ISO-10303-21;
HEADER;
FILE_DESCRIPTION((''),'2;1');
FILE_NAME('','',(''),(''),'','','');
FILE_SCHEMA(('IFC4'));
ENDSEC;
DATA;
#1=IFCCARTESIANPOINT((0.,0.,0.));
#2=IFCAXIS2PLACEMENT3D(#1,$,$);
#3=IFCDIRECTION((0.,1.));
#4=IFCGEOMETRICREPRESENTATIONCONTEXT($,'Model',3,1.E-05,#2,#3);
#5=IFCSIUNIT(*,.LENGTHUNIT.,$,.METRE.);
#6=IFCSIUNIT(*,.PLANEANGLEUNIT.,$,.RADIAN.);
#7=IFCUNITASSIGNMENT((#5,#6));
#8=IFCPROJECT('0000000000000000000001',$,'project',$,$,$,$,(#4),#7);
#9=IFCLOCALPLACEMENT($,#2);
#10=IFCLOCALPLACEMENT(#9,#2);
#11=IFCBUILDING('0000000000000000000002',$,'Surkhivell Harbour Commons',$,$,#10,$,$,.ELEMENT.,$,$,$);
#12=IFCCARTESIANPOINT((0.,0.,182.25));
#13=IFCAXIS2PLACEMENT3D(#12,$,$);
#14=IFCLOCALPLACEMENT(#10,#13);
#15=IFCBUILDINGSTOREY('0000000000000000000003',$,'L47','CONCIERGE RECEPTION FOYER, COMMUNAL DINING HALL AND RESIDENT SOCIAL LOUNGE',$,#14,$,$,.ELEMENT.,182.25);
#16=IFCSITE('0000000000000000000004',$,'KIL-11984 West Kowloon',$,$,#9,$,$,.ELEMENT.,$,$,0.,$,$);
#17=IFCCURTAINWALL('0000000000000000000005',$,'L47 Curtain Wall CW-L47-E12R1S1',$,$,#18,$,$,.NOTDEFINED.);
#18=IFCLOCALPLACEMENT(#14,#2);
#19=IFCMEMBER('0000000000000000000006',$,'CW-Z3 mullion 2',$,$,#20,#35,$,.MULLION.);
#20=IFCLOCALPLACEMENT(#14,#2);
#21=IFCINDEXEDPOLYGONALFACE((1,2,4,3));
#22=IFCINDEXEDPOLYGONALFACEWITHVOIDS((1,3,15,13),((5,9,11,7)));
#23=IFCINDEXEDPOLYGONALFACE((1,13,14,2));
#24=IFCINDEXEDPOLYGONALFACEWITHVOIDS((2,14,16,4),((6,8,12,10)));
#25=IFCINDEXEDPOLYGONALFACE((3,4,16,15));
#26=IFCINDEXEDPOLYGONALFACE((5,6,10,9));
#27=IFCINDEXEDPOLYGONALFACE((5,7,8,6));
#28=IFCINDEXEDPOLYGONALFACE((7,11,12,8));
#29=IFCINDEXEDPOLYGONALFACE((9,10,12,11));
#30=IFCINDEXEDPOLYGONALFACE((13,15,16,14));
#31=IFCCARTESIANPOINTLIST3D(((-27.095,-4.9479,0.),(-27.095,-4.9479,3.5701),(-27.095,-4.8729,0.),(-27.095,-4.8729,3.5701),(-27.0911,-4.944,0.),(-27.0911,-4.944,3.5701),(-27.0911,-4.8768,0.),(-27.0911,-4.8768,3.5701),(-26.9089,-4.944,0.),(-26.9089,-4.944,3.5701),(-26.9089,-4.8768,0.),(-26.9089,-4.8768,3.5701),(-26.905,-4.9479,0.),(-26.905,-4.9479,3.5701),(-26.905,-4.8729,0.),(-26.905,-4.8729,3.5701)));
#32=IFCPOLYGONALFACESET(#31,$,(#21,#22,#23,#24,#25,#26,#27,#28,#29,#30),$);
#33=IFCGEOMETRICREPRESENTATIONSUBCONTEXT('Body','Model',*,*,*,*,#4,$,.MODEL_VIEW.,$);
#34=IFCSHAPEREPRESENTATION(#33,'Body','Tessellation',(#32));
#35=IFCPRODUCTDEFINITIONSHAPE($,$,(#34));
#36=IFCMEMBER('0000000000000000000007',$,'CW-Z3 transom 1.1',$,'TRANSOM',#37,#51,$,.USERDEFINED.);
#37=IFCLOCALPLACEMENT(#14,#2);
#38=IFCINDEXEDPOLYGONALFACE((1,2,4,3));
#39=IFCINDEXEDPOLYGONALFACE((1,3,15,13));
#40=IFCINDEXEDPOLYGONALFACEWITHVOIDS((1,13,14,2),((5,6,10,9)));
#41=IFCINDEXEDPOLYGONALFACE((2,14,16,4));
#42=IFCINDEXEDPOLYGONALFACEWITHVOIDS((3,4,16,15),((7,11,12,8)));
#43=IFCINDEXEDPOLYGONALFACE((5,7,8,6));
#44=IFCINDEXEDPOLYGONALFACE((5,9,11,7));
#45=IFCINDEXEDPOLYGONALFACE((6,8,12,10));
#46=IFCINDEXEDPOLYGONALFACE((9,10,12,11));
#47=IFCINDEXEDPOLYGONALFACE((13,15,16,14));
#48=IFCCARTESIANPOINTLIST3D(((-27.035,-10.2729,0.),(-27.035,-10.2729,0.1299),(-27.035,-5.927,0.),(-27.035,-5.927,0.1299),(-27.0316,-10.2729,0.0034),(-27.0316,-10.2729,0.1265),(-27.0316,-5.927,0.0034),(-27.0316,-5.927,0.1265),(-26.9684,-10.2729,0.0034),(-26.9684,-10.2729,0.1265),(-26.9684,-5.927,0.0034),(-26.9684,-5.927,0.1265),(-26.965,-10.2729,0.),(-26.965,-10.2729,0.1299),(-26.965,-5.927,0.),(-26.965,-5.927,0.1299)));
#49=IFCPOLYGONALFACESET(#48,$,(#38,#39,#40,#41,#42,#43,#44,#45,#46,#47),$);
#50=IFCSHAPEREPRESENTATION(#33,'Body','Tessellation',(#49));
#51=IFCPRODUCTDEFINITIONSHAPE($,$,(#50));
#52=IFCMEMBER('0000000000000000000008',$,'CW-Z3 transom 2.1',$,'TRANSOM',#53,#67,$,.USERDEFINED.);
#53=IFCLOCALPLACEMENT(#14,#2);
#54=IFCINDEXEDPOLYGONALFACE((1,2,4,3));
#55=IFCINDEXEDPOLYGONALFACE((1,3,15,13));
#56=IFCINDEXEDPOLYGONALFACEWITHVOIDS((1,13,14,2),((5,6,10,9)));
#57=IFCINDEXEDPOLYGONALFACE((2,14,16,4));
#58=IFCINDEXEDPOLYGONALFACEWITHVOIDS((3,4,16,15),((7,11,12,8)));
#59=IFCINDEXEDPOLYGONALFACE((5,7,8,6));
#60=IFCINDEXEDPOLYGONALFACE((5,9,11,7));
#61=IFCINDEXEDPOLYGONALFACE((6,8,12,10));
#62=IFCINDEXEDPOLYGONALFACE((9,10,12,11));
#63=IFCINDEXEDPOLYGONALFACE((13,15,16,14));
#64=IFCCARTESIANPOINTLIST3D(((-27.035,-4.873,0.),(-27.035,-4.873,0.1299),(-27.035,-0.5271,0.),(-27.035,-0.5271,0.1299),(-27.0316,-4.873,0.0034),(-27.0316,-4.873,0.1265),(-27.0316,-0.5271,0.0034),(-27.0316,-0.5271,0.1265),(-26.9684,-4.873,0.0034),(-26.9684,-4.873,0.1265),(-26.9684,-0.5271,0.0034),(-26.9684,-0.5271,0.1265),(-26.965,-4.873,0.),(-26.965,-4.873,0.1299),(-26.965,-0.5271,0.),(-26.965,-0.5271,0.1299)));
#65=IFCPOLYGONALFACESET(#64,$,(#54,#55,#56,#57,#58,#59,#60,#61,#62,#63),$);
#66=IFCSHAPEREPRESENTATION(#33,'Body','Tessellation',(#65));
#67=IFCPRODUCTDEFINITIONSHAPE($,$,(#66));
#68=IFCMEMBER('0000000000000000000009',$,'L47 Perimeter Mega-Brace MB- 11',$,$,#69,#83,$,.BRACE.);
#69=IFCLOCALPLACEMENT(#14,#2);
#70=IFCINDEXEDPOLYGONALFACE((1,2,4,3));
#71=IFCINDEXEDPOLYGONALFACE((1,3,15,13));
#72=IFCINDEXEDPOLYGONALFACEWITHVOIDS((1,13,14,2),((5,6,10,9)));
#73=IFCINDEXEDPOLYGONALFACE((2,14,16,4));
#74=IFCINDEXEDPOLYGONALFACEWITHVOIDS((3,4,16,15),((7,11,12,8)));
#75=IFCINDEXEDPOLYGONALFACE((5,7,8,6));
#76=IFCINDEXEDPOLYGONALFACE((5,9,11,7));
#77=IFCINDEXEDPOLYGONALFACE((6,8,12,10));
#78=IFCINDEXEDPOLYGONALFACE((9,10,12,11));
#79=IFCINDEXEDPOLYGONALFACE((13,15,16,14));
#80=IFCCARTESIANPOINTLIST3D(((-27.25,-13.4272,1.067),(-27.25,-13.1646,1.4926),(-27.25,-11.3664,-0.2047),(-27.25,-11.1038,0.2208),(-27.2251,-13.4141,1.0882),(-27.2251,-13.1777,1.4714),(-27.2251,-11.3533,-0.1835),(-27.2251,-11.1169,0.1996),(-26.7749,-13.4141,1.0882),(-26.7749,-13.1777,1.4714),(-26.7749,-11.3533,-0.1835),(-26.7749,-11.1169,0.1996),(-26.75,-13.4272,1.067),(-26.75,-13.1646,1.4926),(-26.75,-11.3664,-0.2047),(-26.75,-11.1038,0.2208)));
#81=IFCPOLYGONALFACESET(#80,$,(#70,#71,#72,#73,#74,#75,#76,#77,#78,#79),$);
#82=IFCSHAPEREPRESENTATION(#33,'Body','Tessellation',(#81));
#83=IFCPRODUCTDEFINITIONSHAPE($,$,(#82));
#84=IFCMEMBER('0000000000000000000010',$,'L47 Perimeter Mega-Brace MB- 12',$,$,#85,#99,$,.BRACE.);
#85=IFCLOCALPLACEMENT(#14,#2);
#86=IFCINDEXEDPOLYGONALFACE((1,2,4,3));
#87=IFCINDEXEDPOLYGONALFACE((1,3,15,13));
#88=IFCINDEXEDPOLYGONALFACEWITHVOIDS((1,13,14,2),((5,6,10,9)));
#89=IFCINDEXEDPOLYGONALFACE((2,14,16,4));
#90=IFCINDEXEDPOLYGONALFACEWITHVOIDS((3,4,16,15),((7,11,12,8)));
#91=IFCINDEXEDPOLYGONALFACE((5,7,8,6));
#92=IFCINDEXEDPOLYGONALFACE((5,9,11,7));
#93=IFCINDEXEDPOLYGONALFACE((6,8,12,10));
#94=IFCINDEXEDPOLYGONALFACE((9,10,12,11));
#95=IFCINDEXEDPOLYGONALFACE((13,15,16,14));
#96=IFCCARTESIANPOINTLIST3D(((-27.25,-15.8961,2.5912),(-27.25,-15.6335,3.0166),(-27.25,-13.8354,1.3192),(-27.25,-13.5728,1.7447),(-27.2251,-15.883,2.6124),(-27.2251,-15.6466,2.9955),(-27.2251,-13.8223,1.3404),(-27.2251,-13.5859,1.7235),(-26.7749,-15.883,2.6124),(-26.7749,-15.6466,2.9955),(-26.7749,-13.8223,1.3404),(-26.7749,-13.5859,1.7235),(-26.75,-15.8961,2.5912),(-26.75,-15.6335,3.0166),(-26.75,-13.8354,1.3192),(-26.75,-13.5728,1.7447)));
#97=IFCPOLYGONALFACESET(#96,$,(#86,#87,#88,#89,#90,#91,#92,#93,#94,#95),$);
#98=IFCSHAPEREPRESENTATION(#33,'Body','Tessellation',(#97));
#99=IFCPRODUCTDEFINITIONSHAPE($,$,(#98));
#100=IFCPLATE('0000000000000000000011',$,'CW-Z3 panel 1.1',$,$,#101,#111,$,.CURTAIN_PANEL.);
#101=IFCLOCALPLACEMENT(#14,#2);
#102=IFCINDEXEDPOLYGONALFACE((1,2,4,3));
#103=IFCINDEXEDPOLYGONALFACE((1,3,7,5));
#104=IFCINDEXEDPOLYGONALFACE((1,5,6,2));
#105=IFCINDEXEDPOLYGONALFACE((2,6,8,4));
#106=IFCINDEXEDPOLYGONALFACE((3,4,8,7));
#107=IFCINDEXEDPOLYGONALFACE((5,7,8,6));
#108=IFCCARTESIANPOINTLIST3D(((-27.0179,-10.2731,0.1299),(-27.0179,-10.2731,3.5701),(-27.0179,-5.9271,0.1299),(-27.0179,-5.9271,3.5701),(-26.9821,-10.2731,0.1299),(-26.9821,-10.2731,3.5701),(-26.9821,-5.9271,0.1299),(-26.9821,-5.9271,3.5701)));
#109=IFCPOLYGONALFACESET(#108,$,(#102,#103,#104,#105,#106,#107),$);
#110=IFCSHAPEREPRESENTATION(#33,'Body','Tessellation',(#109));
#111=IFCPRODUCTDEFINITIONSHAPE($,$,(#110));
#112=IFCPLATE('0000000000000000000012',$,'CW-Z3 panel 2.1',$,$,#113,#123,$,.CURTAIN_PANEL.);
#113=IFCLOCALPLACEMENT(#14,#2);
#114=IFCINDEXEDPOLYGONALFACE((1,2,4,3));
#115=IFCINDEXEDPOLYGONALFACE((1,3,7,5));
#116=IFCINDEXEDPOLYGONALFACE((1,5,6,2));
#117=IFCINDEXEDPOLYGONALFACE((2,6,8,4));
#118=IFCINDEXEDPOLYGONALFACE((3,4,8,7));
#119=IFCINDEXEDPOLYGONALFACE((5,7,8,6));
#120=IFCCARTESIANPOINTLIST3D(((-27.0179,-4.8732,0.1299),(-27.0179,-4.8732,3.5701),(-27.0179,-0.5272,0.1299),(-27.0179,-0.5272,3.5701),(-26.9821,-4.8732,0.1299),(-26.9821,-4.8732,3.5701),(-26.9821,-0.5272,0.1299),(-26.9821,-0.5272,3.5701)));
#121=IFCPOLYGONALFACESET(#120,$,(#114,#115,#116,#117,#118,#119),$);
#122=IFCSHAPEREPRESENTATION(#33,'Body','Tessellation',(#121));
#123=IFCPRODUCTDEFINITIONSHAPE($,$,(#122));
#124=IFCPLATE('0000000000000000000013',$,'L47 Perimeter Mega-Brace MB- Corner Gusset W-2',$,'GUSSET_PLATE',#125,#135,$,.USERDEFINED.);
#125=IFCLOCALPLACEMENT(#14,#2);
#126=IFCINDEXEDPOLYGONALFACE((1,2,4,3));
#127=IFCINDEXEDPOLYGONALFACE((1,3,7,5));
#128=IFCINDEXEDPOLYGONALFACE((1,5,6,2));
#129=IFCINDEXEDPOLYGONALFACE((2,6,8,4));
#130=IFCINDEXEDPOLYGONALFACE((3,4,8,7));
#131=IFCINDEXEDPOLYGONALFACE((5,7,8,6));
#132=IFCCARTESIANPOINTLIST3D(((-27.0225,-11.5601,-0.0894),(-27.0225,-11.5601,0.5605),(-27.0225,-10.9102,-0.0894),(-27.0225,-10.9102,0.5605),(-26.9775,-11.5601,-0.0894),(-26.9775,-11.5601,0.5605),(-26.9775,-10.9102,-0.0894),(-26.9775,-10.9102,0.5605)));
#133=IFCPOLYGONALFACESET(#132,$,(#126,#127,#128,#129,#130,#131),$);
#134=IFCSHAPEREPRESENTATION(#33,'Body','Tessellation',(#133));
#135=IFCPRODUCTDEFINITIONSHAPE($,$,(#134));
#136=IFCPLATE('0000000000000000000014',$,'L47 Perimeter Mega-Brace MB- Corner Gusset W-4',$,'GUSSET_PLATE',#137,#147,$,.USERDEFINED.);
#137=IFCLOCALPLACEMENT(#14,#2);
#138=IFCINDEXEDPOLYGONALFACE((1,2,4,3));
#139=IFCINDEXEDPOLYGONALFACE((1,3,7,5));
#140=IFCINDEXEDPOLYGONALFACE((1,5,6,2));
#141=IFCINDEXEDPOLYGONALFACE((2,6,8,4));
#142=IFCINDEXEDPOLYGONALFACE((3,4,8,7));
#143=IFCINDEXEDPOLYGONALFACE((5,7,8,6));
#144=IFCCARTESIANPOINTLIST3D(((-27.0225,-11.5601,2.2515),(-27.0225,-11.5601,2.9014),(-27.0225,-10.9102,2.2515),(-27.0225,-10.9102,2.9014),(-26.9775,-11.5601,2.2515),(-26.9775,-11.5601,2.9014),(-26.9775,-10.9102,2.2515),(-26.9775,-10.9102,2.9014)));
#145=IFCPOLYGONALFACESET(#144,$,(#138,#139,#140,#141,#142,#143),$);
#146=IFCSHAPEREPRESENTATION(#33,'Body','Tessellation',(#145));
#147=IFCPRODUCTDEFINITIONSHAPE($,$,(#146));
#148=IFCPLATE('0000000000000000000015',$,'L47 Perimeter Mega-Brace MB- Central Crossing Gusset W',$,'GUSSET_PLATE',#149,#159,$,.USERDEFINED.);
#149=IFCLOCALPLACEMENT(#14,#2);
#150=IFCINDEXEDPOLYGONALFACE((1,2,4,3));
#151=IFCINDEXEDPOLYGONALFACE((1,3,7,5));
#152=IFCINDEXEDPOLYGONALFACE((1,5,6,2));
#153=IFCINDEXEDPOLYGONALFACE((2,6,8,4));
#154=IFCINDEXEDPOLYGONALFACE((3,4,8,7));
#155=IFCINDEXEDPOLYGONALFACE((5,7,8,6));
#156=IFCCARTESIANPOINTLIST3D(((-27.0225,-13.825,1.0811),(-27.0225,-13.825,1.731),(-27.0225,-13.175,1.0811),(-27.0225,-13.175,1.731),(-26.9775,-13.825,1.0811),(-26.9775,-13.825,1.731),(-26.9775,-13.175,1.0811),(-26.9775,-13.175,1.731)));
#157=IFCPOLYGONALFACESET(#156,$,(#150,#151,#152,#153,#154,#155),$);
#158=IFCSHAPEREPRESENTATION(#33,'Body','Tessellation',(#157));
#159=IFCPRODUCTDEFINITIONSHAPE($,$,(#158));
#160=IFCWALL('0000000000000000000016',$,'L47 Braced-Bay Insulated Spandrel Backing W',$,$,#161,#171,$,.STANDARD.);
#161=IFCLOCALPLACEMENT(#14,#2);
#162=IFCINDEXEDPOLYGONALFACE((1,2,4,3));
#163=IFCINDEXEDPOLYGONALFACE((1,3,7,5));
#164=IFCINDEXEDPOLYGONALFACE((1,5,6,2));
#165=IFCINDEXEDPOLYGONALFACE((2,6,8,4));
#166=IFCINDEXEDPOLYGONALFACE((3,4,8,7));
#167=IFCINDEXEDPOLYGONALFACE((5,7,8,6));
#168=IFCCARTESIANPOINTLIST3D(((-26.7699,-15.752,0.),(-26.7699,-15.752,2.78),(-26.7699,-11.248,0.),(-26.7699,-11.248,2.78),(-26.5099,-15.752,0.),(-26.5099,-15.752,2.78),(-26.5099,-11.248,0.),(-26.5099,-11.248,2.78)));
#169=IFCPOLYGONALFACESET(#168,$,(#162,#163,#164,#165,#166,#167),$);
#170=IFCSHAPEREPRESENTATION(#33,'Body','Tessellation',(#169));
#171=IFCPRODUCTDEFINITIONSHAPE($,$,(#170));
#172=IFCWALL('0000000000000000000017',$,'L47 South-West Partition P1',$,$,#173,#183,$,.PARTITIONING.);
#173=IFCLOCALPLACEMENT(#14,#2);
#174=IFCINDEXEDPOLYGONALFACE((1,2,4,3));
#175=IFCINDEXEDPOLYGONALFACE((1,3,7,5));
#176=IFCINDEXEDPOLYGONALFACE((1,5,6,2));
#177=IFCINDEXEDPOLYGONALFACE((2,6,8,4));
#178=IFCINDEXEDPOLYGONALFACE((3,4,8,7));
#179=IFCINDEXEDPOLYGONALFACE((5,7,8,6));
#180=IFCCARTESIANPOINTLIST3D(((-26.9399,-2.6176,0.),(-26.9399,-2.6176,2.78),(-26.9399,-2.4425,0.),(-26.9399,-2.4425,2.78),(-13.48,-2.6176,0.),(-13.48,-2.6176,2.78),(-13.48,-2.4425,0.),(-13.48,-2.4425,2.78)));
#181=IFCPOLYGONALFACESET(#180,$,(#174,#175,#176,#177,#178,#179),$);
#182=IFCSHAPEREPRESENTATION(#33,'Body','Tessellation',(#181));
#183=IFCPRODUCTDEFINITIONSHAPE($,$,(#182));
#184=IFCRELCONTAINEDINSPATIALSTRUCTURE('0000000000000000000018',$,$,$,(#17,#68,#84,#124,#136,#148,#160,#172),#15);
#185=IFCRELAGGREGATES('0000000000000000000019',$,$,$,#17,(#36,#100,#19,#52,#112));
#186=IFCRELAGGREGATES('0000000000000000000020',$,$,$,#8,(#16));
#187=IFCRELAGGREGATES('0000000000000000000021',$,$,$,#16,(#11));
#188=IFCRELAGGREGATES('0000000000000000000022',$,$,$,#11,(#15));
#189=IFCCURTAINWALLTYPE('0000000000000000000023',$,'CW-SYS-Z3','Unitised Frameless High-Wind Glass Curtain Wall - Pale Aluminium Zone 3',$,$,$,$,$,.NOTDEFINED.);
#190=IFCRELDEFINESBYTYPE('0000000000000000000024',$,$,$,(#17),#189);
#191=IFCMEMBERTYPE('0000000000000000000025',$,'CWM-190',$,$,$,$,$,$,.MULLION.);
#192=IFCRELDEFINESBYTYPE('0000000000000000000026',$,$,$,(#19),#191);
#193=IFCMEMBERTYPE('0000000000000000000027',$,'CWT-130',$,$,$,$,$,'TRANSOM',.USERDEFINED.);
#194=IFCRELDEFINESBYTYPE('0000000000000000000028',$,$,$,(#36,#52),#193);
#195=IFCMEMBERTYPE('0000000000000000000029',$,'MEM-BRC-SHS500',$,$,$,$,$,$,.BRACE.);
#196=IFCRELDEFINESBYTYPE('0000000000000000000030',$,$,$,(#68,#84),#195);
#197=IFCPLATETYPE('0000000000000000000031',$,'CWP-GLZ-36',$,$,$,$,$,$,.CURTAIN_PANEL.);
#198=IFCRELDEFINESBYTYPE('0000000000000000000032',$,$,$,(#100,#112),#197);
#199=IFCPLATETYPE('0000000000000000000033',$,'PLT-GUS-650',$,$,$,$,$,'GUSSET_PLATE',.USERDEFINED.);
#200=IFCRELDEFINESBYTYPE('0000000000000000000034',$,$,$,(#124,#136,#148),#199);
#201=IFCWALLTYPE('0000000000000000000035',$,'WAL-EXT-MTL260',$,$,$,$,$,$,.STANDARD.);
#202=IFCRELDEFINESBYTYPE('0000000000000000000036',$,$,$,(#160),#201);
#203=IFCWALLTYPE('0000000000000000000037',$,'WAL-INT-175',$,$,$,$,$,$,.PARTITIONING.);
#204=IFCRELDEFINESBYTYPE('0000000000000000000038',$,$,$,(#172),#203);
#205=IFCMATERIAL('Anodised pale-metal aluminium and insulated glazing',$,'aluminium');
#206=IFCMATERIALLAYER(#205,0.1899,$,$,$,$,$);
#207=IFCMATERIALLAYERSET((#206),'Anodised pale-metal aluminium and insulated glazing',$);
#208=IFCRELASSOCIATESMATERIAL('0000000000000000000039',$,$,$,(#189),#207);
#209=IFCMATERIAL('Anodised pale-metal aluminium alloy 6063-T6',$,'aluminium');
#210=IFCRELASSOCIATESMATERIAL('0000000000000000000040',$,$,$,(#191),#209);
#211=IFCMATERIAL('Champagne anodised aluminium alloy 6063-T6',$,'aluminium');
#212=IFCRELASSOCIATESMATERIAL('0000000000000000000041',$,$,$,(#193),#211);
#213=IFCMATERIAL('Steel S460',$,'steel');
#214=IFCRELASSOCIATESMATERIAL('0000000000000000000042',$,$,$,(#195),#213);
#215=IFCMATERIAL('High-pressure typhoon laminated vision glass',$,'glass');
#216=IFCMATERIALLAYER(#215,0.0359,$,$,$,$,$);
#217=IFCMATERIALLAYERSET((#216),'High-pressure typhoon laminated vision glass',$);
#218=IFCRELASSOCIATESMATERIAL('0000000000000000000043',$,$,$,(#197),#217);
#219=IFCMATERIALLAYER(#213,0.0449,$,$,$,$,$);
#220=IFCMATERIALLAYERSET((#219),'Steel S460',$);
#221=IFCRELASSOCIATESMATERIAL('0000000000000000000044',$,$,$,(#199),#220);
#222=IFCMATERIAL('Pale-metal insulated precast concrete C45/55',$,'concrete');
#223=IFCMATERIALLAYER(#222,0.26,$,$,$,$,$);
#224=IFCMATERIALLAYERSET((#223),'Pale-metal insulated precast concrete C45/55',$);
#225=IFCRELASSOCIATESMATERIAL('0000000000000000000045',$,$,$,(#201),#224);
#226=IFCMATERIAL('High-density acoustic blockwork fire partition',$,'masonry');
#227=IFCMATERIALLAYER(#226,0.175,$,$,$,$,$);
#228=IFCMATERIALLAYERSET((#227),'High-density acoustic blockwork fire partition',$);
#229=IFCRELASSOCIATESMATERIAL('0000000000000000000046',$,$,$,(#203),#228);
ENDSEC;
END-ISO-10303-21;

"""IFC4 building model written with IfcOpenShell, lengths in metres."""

from ifc_helpers import new_model, si_unit, direction, frame, frame_2d, origin, origin_2d, place, context, subcontext, project, spatial, rectangle, hollow_rectangle, extrude, material, layer, layer_set, material_profile, profile_set, type_object, element, aggregate, save


model = new_model("IFC4")

# Units and contexts
model_context = context("Model", 3, precision=1e-05, world=origin(), true_north=direction((0.0, 1.0)))
body_context = subcontext(model_context, "Body", "Model", "MODEL_VIEW")
ifc_project = project(units=[si_unit("LENGTHUNIT", "METRE"), si_unit("PLANEANGLEUNIT", "RADIAN")], contexts=[model_context])

# Site, building, storey
site_placement = place(None, origin())
site = spatial("IfcSite", under=ifc_project, at=site_placement, Name="KIL-11984 West Kowloon", CompositionType="ELEMENT", RefElevation=0.0)
building_placement = place(site_placement, origin())
building = spatial("IfcBuilding", under=site, at=building_placement, Name="Surkhivell Harbour Commons", CompositionType="ELEMENT")
storey_placement = place(building_placement, frame((0.0, 0.0, 182.25)))
storey = spatial("IfcBuildingStorey", under=building, at=storey_placement, Name="L47", Description="CONCIERGE RECEPTION FOYER, COMMUNAL DINING HALL AND RESIDENT SOCIAL LOUNGE", CompositionType="ELEMENT", Elevation=182.25)

# Curtain wall, members
ifc_material_1 = material(Name="Anodised pale-metal aluminium and insulated glazing", Category="aluminium")
ifc_layer_1 = layer(ifc_material_1, 0.1899)
ifc_layer_set_1 = layer_set([ifc_layer_1], Name="Anodised pale-metal aluminium and insulated glazing")
curtain_wall_type = type_object("IfcCurtainWallType", Name="CW-SYS-Z3", Description="Unitised Frameless High-Wind Glass Curtain Wall - Pale Aluminium Zone 3", PredefinedType="NOTDEFINED", material=ifc_layer_set_1)
curtain_wall_placement = place(storey_placement, origin())
curtain_wall = element("IfcCurtainWall", 1, at=curtain_wall_placement, inside=storey, type_object=curtain_wall_type, Name="L47 Curtain Wall CW-L47-E12R1S1", PredefinedType="NOTDEFINED")
ifc_material_2 = material(Name="Anodised pale-metal aluminium alloy 6063-T6", Category="aluminium")
ifc_material_profile_1 = material_profile(ifc_material_2, hollow_rectangle(XDim=0.075, YDim=0.1899, WallThickness=0.0039, at=origin_2d()), Name="ALU-MULL-75x190")
ifc_profile_set_1 = profile_set([ifc_material_profile_1], Name="Anodised pale-metal aluminium alloy 6063-T6")
member_type_1 = type_object("IfcMemberType", Name="CWM-190", PredefinedType="MULLION", material=ifc_profile_set_1)
member_1_placement = place(storey_placement, frame((-27.0, -4.9104, 0.0), z_axis=(0.0, 0.0, 1.0), x_axis=(0.0, 1.0, 0.0)))
member_1 = element("IfcMember", 2, at=member_1_placement, type_object=member_type_1, Name="CW-Z3 mullion 2", PredefinedType="MULLION", context=body_context, shape_type="SweptSolid", body=[
    extrude(hollow_rectangle(XDim=0.075, YDim=0.1899, WallThickness=0.0039, at=origin_2d()), origin(), (0.0, 0.0, 1.0), 3.5701),
])
ifc_material_3 = material(Name="Champagne anodised aluminium alloy 6063-T6", Category="aluminium")
ifc_material_profile_2 = material_profile(ifc_material_3, hollow_rectangle(XDim=0.0701, YDim=0.1299, WallThickness=0.0034, at=origin_2d()), Name="ALU-TRAN-70x130")
ifc_profile_set_2 = profile_set([ifc_material_profile_2], Name="Champagne anodised aluminium alloy 6063-T6")
member_type_2 = type_object("IfcMemberType", Name="CWT-130", ElementType="TRANSOM", PredefinedType="USERDEFINED", material=ifc_profile_set_2)
member_2_placement = place(storey_placement, frame((-27.0, -10.2729, 0.0649), z_axis=(0.0, 1.0, 0.0), x_axis=(-1.0, 0.0, 0.0)))
member_2 = element("IfcMember", 3, at=member_2_placement, type_object=member_type_2, Name="CW-Z3 transom 1.1", ObjectType="TRANSOM", PredefinedType="USERDEFINED", context=body_context, shape_type="SweptSolid", body=[
    extrude(hollow_rectangle(XDim=0.0701, YDim=0.1299, WallThickness=0.0034, at=origin_2d()), origin(), (0.0, 0.0, 1.0), 4.3459),
])
member_3_placement = place(storey_placement, frame((-27.0, -4.873, 0.0649), z_axis=(0.0, 1.0, 0.0), x_axis=(-1.0, 0.0, 0.0)))
member_3 = element("IfcMember", 4, at=member_3_placement, type_object=member_type_2, Name="CW-Z3 transom 2.1", ObjectType="TRANSOM", PredefinedType="USERDEFINED", context=body_context, shape_type="SweptSolid", body=[
    extrude(hollow_rectangle(XDim=0.0701, YDim=0.1299, WallThickness=0.0034, at=origin_2d()), origin(), (0.0, 0.0, 1.0), 4.3459),
])

# Members
ifc_material_4 = material(Name="Steel S460", Category="steel")
ifc_material_profile_3 = material_profile(ifc_material_4, hollow_rectangle(XDim=0.5, YDim=0.5, WallThickness=0.0249, at=origin_2d()), Name="SHS500x500x25")
ifc_profile_set_3 = profile_set([ifc_material_profile_3], Name="Steel S460")
member_type_3 = type_object("IfcMemberType", Name="MEM-BRC-SHS500", PredefinedType="BRACE", material=ifc_profile_set_3)
for number, where, z_axis, x_axis, name in (
    (5, (-27.0, -11.2351, 0.0081), (0.0, -0.851003, 0.52516), (1.0, 0.0, 0.0), "L47 Perimeter Mega-Brace MB- 11"),
    (6, (-27.0, -13.7041, 1.532), (0.0, -0.850958, 0.525233), (1.0, 0.0, 0.0), "L47 Perimeter Mega-Brace MB- 12"),
):
    element("IfcMember", number, at=place(storey_placement, frame(where, z_axis=z_axis, x_axis=x_axis)), inside=storey, type_object=member_type_3, Name=name, PredefinedType="BRACE", context=body_context, shape_type="SweptSolid", body=[
        extrude(hollow_rectangle(XDim=0.5, YDim=0.5, WallThickness=0.0249, at=origin_2d()), origin(), (0.0, 0.0, 1.0), 2.4216),
    ])

# Plates
ifc_material_5 = material(Name="High-pressure typhoon laminated vision glass", Category="glass")
ifc_layer_2 = layer(ifc_material_5, 0.0359)
ifc_layer_set_2 = layer_set([ifc_layer_2], Name="High-pressure typhoon laminated vision glass")
plate_type_1 = type_object("IfcPlateType", Name="CWP-GLZ-36", PredefinedType="CURTAIN_PANEL", material=ifc_layer_set_2)
plate_1_placement = place(storey_placement, frame((-27.0, -10.2729, 0.1299), z_axis=(0.0, 0.0, 1.0), x_axis=(0.0, 1.0, 0.0)))
plate_1 = element("IfcPlate", 7, at=plate_1_placement, type_object=plate_type_1, Name="CW-Z3 panel 1.1", PredefinedType="CURTAIN_PANEL", context=body_context, shape_type="SweptSolid", body=[
    extrude(rectangle(XDim=4.3459, YDim=0.0359, at=frame_2d((2.1729, 0.0))), origin(), (0.0, 0.0, 1.0), 3.4402),
])
plate_2_placement = place(storey_placement, frame((-27.0, -4.873, 0.1299), z_axis=(0.0, 0.0, 1.0), x_axis=(0.0, 1.0, 0.0)))
plate_2 = element("IfcPlate", 8, at=plate_2_placement, type_object=plate_type_1, Name="CW-Z3 panel 2.1", PredefinedType="CURTAIN_PANEL", context=body_context, shape_type="SweptSolid", body=[
    extrude(rectangle(XDim=4.3459, YDim=0.0359, at=frame_2d((2.1729, 0.0))), origin(), (0.0, 0.0, 1.0), 3.4402),
])
aggregate(curtain_wall, [member_2, plate_1, member_1, member_3, plate_2])

# Plates
ifc_layer_3 = layer(ifc_material_4, 0.0449)
ifc_layer_set_3 = layer_set([ifc_layer_3], Name="Steel S460")
plate_type_2 = type_object("IfcPlateType", Name="PLT-GUS-650", ElementType="GUSSET_PLATE", PredefinedType="USERDEFINED", material=ifc_layer_set_3)
for number, where, z_axis, x_axis, name in (
    (9, (-27.0, -11.2351, -0.0894), (0.0, 0.0, 1.0), (0.0, 1.0, 0.0), "L47 Perimeter Mega-Brace MB- Corner Gusset W-2"),
    (10, (-27.0, -11.2351, 2.2515), (0.0, 0.0, 1.0), (0.0, 1.0, 0.0), "L47 Perimeter Mega-Brace MB- Corner Gusset W-4"),
    (11, (-27.0, -13.5, 1.0811), (0.0, 0.0, 1.0), (0.0, 1.0, 0.0), "L47 Perimeter Mega-Brace MB- Central Crossing Gusset W"),
):
    element("IfcPlate", number, at=place(storey_placement, frame(where, z_axis=z_axis, x_axis=x_axis)), inside=storey, type_object=plate_type_2, Name=name, ObjectType="GUSSET_PLATE", PredefinedType="USERDEFINED", context=body_context, shape_type="SweptSolid", body=[
        extrude(rectangle(XDim=0.6499, YDim=0.0449, at=origin_2d()), origin(), (0.0, 0.0, 1.0), 0.6499),
    ])

# Walls
ifc_material_6 = material(Name="Pale-metal insulated precast concrete C45/55", Category="concrete")
ifc_layer_4 = layer(ifc_material_6, 0.26)
ifc_layer_set_4 = layer_set([ifc_layer_4], Name="Pale-metal insulated precast concrete C45/55")
wall_type_1 = type_object("IfcWallType", Name="WAL-EXT-MTL260", PredefinedType="STANDARD", material=ifc_layer_set_4)
wall_1_placement = place(storey_placement, frame((-26.6399, -15.752, 0.0), z_axis=(0.0, 0.0, 1.0), x_axis=(0.0, 1.0, 0.0)))
element("IfcWall", 12, at=wall_1_placement, inside=storey, type_object=wall_type_1, Name="L47 Braced-Bay Insulated Spandrel Backing W", PredefinedType="STANDARD", context=body_context, shape_type="SweptSolid", body=[
    extrude(rectangle(XDim=4.5039, YDim=0.26, at=frame_2d((2.252, 0.0))), origin(), (0.0, 0.0, 1.0), 2.78),
])
ifc_material_7 = material(Name="High-density acoustic blockwork fire partition", Category="masonry")
ifc_layer_5 = layer(ifc_material_7, 0.175)
ifc_layer_set_5 = layer_set([ifc_layer_5], Name="High-density acoustic blockwork fire partition")
wall_type_2 = type_object("IfcWallType", Name="WAL-INT-175", PredefinedType="PARTITIONING", material=ifc_layer_set_5)
wall_2_placement = place(storey_placement, frame((-26.9399, -2.53, 0.0), z_axis=(0.0, 0.0, 1.0), x_axis=(1.0, 0.0, 0.0)))
element("IfcWall", 13, at=wall_2_placement, inside=storey, type_object=wall_type_2, Name="L47 South-West Partition P1", PredefinedType="PARTITIONING", context=body_context, shape_type="SweptSolid", body=[
    extrude(rectangle(XDim=13.46, YDim=0.175, at=frame_2d((6.73, 0.0))), origin(), (0.0, 0.0, 1.0), 2.78),
])

save(model, "model.ifc")
